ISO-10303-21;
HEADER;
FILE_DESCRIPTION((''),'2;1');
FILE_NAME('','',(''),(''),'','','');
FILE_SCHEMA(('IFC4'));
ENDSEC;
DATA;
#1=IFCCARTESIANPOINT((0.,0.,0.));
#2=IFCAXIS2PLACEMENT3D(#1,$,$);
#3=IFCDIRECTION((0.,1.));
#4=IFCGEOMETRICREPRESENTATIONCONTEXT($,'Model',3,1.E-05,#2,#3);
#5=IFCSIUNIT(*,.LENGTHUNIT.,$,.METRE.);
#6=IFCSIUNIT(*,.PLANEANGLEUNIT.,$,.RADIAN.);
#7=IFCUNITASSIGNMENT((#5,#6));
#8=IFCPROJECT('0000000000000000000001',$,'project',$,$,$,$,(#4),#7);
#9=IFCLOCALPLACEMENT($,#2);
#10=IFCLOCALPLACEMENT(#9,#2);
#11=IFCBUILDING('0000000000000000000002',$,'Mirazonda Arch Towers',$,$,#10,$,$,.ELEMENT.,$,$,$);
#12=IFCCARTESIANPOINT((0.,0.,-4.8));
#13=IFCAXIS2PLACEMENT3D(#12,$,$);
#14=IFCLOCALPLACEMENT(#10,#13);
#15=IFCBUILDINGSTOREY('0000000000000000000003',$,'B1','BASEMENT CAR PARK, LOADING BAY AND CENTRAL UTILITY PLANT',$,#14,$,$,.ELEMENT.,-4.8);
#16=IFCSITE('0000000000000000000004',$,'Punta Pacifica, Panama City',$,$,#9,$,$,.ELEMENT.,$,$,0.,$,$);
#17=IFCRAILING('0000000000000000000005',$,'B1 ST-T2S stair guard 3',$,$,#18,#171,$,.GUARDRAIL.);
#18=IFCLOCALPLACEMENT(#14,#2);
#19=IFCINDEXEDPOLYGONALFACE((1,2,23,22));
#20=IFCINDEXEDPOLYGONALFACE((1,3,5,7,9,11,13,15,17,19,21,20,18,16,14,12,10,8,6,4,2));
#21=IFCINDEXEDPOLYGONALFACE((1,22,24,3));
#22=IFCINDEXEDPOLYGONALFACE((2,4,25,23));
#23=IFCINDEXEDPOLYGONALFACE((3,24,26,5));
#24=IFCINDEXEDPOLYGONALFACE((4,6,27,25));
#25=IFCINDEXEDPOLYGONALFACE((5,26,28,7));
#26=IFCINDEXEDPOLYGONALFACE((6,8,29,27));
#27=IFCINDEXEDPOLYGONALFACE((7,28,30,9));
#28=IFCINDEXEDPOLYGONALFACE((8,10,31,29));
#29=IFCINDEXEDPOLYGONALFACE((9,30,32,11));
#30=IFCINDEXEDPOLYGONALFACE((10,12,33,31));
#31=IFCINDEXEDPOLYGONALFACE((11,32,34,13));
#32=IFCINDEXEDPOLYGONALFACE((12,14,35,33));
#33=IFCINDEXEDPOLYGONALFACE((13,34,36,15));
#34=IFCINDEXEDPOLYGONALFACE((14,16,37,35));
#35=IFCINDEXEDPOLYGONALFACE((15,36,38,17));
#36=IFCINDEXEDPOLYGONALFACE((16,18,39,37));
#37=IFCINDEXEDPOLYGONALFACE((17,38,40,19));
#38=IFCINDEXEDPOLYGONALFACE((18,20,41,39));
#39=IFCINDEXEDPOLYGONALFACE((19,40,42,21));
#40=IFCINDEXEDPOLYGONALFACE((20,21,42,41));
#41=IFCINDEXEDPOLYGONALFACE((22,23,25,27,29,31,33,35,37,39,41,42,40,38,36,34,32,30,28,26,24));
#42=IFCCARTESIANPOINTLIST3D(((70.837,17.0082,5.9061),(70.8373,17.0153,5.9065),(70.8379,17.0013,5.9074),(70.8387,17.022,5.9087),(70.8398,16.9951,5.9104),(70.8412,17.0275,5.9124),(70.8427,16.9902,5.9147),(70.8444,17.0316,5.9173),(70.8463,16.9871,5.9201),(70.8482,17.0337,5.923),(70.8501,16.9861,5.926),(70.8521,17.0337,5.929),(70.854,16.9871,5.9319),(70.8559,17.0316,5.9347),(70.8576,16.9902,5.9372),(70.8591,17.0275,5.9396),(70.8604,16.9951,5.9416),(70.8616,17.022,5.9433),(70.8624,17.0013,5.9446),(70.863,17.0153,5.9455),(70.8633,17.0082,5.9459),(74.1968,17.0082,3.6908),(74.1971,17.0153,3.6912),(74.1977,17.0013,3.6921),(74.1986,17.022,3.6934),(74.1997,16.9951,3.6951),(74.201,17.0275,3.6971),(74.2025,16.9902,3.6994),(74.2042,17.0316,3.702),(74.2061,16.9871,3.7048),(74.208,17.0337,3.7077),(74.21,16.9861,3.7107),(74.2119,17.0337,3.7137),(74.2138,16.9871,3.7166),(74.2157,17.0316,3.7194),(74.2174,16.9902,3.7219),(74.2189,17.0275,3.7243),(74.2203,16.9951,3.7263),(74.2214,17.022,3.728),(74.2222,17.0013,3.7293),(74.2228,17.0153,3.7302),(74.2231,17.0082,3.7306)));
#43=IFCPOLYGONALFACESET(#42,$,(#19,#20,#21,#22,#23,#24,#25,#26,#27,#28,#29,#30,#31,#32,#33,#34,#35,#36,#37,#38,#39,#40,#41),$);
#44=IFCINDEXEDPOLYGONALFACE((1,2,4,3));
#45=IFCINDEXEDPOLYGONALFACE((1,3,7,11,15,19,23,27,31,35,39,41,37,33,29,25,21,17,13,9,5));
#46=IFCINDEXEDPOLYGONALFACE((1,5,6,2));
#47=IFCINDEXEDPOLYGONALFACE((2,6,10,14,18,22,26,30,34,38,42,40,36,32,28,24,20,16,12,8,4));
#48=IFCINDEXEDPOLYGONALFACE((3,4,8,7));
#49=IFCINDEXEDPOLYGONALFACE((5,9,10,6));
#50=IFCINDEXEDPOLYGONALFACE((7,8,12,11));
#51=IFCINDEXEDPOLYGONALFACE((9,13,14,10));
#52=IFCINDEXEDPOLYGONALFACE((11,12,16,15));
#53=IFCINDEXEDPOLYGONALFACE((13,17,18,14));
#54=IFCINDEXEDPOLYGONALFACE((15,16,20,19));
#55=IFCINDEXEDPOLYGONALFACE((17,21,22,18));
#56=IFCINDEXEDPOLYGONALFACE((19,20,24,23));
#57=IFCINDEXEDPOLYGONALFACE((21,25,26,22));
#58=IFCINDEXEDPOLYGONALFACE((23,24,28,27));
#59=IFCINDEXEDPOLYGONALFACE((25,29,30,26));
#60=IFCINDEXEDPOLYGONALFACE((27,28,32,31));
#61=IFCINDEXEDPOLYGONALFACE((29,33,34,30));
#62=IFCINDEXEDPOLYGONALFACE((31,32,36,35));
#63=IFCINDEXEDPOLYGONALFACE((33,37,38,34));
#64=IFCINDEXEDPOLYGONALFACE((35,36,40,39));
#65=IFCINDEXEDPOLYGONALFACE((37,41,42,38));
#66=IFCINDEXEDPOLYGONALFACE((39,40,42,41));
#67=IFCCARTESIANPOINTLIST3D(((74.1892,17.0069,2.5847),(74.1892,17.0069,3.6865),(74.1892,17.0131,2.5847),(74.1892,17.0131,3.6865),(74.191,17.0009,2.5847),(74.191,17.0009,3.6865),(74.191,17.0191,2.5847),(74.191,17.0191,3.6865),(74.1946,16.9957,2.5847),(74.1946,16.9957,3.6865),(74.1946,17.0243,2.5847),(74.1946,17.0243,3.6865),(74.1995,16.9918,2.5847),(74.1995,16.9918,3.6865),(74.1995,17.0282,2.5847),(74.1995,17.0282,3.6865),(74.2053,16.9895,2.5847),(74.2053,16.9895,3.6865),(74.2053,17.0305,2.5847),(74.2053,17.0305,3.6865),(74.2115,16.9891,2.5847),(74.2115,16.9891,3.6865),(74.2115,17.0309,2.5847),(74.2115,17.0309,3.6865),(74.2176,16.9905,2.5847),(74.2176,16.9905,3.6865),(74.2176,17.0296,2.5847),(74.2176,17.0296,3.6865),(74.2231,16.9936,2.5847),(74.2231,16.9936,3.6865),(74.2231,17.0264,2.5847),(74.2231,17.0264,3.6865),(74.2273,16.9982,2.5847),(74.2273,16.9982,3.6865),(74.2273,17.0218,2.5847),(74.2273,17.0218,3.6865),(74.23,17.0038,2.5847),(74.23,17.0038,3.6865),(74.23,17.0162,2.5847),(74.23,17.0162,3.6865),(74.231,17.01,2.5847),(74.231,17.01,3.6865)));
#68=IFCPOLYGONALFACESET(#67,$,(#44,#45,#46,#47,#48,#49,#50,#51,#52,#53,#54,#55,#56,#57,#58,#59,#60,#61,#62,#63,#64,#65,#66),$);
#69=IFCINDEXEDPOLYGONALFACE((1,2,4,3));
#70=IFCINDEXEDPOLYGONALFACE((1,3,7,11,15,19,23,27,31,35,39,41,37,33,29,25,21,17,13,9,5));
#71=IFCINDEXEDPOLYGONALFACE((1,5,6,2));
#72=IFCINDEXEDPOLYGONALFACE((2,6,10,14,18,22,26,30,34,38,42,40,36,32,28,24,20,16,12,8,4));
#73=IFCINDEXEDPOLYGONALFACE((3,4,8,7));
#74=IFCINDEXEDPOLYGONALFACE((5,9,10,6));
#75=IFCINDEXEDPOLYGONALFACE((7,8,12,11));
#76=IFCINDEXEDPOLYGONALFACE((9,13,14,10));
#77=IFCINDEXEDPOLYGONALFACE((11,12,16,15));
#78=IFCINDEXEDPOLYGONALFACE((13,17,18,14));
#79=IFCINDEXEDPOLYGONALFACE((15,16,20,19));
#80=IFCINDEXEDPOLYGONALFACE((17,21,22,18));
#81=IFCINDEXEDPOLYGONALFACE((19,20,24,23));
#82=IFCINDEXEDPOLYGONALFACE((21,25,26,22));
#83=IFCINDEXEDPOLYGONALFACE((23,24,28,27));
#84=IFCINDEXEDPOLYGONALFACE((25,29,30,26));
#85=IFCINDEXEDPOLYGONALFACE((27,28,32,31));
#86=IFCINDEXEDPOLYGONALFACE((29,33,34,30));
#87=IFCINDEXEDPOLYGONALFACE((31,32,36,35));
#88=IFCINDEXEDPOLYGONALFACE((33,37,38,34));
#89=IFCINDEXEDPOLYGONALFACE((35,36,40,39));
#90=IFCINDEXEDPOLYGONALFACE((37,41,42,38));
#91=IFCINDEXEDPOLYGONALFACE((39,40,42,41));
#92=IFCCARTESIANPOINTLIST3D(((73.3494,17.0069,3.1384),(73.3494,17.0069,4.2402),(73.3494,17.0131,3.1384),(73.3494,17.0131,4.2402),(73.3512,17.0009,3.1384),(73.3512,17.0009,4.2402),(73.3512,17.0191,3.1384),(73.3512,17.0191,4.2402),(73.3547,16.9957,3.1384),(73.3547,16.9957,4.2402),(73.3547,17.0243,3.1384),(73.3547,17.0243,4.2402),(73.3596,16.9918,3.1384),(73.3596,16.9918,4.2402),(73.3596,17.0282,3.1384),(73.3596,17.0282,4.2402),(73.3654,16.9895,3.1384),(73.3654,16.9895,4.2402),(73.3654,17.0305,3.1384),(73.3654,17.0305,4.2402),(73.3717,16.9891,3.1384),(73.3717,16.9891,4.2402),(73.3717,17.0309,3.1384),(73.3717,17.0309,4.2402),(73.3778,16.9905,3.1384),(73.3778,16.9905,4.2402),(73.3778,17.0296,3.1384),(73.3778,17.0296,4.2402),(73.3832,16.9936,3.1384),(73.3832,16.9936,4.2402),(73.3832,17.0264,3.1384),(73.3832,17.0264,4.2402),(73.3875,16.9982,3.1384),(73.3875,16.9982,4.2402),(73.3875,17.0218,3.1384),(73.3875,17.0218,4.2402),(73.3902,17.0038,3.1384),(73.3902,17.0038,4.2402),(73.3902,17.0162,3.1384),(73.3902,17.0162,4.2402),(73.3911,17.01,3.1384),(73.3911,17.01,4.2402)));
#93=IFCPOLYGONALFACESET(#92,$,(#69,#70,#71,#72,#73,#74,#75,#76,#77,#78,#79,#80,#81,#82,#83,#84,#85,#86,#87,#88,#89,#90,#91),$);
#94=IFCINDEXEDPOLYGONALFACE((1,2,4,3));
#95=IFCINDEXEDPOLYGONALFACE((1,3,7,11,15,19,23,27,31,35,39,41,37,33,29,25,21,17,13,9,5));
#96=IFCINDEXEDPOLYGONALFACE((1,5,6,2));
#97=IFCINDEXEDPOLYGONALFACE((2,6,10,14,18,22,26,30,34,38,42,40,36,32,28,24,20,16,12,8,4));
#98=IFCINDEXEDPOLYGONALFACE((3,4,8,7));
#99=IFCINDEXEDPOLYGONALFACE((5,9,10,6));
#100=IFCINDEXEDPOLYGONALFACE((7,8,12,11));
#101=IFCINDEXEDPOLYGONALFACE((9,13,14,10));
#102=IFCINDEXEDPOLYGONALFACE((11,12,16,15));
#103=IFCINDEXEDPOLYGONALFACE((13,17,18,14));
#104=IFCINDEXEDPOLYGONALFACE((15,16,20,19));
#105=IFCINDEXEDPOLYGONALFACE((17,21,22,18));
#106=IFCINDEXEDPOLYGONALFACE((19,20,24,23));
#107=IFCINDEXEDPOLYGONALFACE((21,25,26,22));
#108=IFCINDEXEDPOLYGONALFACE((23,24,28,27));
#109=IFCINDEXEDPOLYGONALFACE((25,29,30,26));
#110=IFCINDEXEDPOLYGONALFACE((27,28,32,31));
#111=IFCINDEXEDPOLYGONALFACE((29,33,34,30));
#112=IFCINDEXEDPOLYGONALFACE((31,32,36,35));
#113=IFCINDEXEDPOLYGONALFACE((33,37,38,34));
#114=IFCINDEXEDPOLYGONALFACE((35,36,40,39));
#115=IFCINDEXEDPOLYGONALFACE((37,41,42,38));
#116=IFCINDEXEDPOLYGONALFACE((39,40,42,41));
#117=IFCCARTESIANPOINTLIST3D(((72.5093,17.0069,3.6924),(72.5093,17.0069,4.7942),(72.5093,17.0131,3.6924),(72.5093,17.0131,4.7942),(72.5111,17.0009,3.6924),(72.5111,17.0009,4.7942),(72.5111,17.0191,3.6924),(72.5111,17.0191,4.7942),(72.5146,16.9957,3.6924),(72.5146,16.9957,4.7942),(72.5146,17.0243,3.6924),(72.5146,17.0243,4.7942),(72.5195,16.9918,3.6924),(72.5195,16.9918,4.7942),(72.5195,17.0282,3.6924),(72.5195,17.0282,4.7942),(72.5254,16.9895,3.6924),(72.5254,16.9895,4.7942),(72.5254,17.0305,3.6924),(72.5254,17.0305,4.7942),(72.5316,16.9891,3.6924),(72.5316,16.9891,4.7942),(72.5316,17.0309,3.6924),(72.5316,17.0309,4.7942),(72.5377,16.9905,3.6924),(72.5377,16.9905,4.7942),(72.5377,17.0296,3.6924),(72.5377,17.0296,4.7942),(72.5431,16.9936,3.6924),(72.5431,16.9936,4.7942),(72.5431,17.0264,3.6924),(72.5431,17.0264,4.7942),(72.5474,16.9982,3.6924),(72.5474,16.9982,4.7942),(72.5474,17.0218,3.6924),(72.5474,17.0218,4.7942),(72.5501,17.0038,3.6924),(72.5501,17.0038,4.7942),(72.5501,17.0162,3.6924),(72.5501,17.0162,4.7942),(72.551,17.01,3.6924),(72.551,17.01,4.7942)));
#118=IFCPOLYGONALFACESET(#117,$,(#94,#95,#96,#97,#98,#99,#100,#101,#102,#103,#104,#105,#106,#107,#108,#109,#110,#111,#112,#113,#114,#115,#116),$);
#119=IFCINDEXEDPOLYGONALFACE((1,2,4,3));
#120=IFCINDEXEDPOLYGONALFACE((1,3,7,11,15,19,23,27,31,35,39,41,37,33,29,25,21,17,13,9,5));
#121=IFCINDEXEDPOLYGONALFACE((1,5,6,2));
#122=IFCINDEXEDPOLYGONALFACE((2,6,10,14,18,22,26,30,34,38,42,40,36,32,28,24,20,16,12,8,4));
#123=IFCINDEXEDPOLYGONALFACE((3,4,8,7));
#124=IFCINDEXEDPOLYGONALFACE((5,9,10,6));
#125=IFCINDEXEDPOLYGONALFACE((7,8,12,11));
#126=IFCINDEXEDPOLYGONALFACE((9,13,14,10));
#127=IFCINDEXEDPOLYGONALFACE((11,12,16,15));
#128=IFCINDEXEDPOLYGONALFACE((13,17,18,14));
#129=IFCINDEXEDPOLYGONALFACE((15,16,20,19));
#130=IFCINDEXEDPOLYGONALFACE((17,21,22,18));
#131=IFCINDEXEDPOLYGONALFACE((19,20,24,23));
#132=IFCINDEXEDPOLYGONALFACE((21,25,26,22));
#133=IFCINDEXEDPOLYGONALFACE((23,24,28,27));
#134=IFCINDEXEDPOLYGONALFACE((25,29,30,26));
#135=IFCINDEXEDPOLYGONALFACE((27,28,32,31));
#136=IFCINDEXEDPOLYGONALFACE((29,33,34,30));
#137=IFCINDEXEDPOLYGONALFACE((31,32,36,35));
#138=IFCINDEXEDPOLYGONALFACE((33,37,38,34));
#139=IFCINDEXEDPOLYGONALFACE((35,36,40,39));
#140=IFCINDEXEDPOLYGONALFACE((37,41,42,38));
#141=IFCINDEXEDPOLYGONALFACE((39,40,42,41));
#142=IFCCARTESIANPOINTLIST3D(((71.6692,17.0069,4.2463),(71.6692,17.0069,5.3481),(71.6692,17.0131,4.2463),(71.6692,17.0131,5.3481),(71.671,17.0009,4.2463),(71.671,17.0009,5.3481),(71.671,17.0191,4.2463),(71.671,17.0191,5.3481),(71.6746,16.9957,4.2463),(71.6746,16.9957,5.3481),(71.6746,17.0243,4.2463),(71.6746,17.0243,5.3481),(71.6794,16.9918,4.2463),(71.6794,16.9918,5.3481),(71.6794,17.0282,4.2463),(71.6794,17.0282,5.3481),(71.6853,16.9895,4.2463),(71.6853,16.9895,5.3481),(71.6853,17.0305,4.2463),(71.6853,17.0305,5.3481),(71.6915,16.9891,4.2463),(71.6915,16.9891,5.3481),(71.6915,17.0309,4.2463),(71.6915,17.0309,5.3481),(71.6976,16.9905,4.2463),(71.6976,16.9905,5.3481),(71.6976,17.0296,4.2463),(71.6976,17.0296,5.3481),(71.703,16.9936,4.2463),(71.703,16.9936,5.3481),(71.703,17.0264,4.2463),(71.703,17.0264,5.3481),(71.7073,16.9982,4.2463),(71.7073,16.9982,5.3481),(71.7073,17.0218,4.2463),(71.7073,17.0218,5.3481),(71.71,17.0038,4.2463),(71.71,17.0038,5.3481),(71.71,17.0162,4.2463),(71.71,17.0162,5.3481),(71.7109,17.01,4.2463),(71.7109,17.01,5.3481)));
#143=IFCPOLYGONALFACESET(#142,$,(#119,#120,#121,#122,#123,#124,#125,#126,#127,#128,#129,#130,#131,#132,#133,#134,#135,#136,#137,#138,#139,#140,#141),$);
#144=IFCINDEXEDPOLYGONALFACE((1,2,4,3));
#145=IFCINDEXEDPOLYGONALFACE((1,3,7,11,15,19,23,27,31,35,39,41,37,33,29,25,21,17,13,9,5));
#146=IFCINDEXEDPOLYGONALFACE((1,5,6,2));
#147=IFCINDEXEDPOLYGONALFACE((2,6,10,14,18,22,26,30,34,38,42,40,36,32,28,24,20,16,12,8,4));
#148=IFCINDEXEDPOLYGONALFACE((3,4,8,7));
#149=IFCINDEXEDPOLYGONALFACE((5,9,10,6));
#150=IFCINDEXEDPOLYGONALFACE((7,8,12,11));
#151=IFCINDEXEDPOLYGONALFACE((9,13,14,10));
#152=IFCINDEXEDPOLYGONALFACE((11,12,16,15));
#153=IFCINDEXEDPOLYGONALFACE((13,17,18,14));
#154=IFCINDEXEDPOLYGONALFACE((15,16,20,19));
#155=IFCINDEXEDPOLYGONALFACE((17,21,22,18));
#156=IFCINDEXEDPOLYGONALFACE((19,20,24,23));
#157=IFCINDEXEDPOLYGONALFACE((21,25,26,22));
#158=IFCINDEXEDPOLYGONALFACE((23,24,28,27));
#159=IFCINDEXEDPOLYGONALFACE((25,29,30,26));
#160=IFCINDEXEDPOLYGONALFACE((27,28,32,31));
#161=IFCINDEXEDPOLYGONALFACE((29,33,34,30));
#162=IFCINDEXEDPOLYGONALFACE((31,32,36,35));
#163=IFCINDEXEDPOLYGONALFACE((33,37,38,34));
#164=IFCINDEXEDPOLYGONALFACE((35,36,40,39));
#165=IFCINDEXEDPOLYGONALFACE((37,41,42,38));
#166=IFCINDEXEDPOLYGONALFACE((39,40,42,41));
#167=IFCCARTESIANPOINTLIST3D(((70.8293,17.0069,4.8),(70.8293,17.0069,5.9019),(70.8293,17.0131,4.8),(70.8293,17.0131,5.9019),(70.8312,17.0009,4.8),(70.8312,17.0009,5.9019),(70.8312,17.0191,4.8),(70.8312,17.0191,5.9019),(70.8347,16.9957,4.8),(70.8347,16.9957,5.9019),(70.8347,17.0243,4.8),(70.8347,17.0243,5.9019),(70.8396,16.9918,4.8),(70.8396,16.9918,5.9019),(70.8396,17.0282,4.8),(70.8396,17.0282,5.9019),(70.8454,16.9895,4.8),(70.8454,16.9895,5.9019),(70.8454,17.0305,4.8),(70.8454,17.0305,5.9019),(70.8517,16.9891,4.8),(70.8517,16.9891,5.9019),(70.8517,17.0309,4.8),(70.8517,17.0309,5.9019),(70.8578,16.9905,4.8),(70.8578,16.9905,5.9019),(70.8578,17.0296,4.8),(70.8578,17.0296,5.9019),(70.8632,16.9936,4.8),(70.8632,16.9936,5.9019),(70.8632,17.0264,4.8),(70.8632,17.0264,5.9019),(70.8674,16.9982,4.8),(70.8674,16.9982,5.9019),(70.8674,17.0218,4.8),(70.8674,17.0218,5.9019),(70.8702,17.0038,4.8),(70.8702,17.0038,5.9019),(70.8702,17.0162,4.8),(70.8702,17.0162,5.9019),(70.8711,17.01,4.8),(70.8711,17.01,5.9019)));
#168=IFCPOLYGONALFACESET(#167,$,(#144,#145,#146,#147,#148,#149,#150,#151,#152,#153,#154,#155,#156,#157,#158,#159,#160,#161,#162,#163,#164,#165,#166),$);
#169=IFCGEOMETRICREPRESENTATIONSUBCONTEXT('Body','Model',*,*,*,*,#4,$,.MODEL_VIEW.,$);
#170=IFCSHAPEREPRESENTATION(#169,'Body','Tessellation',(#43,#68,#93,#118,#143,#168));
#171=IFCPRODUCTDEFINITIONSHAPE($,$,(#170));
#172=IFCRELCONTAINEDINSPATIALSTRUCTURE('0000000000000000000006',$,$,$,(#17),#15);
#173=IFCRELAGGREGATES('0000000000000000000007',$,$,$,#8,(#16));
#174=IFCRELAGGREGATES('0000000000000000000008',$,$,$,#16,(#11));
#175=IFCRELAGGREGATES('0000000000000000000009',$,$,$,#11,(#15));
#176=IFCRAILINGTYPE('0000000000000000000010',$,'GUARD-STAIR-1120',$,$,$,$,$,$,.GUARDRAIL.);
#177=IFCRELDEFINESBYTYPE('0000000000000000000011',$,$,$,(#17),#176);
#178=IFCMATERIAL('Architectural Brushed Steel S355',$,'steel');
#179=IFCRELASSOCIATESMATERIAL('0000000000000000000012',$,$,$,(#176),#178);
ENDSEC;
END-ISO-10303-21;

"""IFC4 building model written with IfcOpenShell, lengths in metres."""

from ifc_helpers import new_model, si_unit, direction, frame, origin, origin_2d, place, context, subcontext, project, spatial, circle, extrude, material, type_object, element, save


model = new_model("IFC4")

# Units and contexts
model_context = context("Model", 3, precision=1e-05, world=origin(), true_north=direction((0.0, 1.0)))
body_context = subcontext(model_context, "Body", "Model", "MODEL_VIEW")
ifc_project = project(units=[si_unit("LENGTHUNIT", "METRE"), si_unit("PLANEANGLEUNIT", "RADIAN")], contexts=[model_context])

# Site, building, storey
site_placement = place(None, origin())
site = spatial("IfcSite", under=ifc_project, at=site_placement, Name="Punta Pacifica, Panama City", CompositionType="ELEMENT", RefElevation=0.0)
building_placement = place(site_placement, origin())
building = spatial("IfcBuilding", under=site, at=building_placement, Name="Mirazonda Arch Towers", CompositionType="ELEMENT")
storey_placement = place(building_placement, frame((0.0, 0.0, -4.8)))
storey = spatial("IfcBuildingStorey", under=building, at=storey_placement, Name="B1", Description="BASEMENT CAR PARK, LOADING BAY AND CENTRAL UTILITY PLANT", CompositionType="ELEMENT", Elevation=-4.8)

# Railing
ifc_material_1 = material(Name="Architectural Brushed Steel S355", Category="steel")
railing_type_1 = type_object("IfcRailingType", Name="GUARD-STAIR-1120", PredefinedType="GUARDRAIL", material=ifc_material_1)
railing_1_placement = place(storey_placement, frame((74.21, 17.01, 2.5847)))
element("IfcRailing", 1, at=railing_1_placement, inside=storey, type_object=railing_type_1, Name="B1 ST-T2S stair guard 3", PredefinedType="GUARDRAIL", context=body_context, shape_type="SweptSolid", body=[
    extrude(circle(Radius=0.0239, at=origin_2d()), frame((0.0, 0.0, 1.126), z_axis=(-0.834858, 0.0, 0.550465), x_axis=(0.0, -1.0, 0.0)), (0.0, 0.0, 1.0), 4.0244),
    extrude(circle(Radius=0.021, at=origin_2d()), origin(), (0.0, 0.0, 1.0), 1.1018),
    extrude(circle(Radius=0.021, at=origin_2d()), frame((-0.8398, 0.0, 0.5537)), (0.0, 0.0, 1.0), 1.1018),
    extrude(circle(Radius=0.021, at=origin_2d()), frame((-1.6799, 0.0, 1.1077)), (0.0, 0.0, 1.0), 1.1018),
    extrude(circle(Radius=0.021, at=origin_2d()), frame((-2.52, 0.0, 1.6616)), (0.0, 0.0, 1.0), 1.1018),
    extrude(circle(Radius=0.021, at=origin_2d()), frame((-3.3599, 0.0, 2.2153)), (0.0, 0.0, 1.0), 1.1018),
])

save(model, "model.ifc")
